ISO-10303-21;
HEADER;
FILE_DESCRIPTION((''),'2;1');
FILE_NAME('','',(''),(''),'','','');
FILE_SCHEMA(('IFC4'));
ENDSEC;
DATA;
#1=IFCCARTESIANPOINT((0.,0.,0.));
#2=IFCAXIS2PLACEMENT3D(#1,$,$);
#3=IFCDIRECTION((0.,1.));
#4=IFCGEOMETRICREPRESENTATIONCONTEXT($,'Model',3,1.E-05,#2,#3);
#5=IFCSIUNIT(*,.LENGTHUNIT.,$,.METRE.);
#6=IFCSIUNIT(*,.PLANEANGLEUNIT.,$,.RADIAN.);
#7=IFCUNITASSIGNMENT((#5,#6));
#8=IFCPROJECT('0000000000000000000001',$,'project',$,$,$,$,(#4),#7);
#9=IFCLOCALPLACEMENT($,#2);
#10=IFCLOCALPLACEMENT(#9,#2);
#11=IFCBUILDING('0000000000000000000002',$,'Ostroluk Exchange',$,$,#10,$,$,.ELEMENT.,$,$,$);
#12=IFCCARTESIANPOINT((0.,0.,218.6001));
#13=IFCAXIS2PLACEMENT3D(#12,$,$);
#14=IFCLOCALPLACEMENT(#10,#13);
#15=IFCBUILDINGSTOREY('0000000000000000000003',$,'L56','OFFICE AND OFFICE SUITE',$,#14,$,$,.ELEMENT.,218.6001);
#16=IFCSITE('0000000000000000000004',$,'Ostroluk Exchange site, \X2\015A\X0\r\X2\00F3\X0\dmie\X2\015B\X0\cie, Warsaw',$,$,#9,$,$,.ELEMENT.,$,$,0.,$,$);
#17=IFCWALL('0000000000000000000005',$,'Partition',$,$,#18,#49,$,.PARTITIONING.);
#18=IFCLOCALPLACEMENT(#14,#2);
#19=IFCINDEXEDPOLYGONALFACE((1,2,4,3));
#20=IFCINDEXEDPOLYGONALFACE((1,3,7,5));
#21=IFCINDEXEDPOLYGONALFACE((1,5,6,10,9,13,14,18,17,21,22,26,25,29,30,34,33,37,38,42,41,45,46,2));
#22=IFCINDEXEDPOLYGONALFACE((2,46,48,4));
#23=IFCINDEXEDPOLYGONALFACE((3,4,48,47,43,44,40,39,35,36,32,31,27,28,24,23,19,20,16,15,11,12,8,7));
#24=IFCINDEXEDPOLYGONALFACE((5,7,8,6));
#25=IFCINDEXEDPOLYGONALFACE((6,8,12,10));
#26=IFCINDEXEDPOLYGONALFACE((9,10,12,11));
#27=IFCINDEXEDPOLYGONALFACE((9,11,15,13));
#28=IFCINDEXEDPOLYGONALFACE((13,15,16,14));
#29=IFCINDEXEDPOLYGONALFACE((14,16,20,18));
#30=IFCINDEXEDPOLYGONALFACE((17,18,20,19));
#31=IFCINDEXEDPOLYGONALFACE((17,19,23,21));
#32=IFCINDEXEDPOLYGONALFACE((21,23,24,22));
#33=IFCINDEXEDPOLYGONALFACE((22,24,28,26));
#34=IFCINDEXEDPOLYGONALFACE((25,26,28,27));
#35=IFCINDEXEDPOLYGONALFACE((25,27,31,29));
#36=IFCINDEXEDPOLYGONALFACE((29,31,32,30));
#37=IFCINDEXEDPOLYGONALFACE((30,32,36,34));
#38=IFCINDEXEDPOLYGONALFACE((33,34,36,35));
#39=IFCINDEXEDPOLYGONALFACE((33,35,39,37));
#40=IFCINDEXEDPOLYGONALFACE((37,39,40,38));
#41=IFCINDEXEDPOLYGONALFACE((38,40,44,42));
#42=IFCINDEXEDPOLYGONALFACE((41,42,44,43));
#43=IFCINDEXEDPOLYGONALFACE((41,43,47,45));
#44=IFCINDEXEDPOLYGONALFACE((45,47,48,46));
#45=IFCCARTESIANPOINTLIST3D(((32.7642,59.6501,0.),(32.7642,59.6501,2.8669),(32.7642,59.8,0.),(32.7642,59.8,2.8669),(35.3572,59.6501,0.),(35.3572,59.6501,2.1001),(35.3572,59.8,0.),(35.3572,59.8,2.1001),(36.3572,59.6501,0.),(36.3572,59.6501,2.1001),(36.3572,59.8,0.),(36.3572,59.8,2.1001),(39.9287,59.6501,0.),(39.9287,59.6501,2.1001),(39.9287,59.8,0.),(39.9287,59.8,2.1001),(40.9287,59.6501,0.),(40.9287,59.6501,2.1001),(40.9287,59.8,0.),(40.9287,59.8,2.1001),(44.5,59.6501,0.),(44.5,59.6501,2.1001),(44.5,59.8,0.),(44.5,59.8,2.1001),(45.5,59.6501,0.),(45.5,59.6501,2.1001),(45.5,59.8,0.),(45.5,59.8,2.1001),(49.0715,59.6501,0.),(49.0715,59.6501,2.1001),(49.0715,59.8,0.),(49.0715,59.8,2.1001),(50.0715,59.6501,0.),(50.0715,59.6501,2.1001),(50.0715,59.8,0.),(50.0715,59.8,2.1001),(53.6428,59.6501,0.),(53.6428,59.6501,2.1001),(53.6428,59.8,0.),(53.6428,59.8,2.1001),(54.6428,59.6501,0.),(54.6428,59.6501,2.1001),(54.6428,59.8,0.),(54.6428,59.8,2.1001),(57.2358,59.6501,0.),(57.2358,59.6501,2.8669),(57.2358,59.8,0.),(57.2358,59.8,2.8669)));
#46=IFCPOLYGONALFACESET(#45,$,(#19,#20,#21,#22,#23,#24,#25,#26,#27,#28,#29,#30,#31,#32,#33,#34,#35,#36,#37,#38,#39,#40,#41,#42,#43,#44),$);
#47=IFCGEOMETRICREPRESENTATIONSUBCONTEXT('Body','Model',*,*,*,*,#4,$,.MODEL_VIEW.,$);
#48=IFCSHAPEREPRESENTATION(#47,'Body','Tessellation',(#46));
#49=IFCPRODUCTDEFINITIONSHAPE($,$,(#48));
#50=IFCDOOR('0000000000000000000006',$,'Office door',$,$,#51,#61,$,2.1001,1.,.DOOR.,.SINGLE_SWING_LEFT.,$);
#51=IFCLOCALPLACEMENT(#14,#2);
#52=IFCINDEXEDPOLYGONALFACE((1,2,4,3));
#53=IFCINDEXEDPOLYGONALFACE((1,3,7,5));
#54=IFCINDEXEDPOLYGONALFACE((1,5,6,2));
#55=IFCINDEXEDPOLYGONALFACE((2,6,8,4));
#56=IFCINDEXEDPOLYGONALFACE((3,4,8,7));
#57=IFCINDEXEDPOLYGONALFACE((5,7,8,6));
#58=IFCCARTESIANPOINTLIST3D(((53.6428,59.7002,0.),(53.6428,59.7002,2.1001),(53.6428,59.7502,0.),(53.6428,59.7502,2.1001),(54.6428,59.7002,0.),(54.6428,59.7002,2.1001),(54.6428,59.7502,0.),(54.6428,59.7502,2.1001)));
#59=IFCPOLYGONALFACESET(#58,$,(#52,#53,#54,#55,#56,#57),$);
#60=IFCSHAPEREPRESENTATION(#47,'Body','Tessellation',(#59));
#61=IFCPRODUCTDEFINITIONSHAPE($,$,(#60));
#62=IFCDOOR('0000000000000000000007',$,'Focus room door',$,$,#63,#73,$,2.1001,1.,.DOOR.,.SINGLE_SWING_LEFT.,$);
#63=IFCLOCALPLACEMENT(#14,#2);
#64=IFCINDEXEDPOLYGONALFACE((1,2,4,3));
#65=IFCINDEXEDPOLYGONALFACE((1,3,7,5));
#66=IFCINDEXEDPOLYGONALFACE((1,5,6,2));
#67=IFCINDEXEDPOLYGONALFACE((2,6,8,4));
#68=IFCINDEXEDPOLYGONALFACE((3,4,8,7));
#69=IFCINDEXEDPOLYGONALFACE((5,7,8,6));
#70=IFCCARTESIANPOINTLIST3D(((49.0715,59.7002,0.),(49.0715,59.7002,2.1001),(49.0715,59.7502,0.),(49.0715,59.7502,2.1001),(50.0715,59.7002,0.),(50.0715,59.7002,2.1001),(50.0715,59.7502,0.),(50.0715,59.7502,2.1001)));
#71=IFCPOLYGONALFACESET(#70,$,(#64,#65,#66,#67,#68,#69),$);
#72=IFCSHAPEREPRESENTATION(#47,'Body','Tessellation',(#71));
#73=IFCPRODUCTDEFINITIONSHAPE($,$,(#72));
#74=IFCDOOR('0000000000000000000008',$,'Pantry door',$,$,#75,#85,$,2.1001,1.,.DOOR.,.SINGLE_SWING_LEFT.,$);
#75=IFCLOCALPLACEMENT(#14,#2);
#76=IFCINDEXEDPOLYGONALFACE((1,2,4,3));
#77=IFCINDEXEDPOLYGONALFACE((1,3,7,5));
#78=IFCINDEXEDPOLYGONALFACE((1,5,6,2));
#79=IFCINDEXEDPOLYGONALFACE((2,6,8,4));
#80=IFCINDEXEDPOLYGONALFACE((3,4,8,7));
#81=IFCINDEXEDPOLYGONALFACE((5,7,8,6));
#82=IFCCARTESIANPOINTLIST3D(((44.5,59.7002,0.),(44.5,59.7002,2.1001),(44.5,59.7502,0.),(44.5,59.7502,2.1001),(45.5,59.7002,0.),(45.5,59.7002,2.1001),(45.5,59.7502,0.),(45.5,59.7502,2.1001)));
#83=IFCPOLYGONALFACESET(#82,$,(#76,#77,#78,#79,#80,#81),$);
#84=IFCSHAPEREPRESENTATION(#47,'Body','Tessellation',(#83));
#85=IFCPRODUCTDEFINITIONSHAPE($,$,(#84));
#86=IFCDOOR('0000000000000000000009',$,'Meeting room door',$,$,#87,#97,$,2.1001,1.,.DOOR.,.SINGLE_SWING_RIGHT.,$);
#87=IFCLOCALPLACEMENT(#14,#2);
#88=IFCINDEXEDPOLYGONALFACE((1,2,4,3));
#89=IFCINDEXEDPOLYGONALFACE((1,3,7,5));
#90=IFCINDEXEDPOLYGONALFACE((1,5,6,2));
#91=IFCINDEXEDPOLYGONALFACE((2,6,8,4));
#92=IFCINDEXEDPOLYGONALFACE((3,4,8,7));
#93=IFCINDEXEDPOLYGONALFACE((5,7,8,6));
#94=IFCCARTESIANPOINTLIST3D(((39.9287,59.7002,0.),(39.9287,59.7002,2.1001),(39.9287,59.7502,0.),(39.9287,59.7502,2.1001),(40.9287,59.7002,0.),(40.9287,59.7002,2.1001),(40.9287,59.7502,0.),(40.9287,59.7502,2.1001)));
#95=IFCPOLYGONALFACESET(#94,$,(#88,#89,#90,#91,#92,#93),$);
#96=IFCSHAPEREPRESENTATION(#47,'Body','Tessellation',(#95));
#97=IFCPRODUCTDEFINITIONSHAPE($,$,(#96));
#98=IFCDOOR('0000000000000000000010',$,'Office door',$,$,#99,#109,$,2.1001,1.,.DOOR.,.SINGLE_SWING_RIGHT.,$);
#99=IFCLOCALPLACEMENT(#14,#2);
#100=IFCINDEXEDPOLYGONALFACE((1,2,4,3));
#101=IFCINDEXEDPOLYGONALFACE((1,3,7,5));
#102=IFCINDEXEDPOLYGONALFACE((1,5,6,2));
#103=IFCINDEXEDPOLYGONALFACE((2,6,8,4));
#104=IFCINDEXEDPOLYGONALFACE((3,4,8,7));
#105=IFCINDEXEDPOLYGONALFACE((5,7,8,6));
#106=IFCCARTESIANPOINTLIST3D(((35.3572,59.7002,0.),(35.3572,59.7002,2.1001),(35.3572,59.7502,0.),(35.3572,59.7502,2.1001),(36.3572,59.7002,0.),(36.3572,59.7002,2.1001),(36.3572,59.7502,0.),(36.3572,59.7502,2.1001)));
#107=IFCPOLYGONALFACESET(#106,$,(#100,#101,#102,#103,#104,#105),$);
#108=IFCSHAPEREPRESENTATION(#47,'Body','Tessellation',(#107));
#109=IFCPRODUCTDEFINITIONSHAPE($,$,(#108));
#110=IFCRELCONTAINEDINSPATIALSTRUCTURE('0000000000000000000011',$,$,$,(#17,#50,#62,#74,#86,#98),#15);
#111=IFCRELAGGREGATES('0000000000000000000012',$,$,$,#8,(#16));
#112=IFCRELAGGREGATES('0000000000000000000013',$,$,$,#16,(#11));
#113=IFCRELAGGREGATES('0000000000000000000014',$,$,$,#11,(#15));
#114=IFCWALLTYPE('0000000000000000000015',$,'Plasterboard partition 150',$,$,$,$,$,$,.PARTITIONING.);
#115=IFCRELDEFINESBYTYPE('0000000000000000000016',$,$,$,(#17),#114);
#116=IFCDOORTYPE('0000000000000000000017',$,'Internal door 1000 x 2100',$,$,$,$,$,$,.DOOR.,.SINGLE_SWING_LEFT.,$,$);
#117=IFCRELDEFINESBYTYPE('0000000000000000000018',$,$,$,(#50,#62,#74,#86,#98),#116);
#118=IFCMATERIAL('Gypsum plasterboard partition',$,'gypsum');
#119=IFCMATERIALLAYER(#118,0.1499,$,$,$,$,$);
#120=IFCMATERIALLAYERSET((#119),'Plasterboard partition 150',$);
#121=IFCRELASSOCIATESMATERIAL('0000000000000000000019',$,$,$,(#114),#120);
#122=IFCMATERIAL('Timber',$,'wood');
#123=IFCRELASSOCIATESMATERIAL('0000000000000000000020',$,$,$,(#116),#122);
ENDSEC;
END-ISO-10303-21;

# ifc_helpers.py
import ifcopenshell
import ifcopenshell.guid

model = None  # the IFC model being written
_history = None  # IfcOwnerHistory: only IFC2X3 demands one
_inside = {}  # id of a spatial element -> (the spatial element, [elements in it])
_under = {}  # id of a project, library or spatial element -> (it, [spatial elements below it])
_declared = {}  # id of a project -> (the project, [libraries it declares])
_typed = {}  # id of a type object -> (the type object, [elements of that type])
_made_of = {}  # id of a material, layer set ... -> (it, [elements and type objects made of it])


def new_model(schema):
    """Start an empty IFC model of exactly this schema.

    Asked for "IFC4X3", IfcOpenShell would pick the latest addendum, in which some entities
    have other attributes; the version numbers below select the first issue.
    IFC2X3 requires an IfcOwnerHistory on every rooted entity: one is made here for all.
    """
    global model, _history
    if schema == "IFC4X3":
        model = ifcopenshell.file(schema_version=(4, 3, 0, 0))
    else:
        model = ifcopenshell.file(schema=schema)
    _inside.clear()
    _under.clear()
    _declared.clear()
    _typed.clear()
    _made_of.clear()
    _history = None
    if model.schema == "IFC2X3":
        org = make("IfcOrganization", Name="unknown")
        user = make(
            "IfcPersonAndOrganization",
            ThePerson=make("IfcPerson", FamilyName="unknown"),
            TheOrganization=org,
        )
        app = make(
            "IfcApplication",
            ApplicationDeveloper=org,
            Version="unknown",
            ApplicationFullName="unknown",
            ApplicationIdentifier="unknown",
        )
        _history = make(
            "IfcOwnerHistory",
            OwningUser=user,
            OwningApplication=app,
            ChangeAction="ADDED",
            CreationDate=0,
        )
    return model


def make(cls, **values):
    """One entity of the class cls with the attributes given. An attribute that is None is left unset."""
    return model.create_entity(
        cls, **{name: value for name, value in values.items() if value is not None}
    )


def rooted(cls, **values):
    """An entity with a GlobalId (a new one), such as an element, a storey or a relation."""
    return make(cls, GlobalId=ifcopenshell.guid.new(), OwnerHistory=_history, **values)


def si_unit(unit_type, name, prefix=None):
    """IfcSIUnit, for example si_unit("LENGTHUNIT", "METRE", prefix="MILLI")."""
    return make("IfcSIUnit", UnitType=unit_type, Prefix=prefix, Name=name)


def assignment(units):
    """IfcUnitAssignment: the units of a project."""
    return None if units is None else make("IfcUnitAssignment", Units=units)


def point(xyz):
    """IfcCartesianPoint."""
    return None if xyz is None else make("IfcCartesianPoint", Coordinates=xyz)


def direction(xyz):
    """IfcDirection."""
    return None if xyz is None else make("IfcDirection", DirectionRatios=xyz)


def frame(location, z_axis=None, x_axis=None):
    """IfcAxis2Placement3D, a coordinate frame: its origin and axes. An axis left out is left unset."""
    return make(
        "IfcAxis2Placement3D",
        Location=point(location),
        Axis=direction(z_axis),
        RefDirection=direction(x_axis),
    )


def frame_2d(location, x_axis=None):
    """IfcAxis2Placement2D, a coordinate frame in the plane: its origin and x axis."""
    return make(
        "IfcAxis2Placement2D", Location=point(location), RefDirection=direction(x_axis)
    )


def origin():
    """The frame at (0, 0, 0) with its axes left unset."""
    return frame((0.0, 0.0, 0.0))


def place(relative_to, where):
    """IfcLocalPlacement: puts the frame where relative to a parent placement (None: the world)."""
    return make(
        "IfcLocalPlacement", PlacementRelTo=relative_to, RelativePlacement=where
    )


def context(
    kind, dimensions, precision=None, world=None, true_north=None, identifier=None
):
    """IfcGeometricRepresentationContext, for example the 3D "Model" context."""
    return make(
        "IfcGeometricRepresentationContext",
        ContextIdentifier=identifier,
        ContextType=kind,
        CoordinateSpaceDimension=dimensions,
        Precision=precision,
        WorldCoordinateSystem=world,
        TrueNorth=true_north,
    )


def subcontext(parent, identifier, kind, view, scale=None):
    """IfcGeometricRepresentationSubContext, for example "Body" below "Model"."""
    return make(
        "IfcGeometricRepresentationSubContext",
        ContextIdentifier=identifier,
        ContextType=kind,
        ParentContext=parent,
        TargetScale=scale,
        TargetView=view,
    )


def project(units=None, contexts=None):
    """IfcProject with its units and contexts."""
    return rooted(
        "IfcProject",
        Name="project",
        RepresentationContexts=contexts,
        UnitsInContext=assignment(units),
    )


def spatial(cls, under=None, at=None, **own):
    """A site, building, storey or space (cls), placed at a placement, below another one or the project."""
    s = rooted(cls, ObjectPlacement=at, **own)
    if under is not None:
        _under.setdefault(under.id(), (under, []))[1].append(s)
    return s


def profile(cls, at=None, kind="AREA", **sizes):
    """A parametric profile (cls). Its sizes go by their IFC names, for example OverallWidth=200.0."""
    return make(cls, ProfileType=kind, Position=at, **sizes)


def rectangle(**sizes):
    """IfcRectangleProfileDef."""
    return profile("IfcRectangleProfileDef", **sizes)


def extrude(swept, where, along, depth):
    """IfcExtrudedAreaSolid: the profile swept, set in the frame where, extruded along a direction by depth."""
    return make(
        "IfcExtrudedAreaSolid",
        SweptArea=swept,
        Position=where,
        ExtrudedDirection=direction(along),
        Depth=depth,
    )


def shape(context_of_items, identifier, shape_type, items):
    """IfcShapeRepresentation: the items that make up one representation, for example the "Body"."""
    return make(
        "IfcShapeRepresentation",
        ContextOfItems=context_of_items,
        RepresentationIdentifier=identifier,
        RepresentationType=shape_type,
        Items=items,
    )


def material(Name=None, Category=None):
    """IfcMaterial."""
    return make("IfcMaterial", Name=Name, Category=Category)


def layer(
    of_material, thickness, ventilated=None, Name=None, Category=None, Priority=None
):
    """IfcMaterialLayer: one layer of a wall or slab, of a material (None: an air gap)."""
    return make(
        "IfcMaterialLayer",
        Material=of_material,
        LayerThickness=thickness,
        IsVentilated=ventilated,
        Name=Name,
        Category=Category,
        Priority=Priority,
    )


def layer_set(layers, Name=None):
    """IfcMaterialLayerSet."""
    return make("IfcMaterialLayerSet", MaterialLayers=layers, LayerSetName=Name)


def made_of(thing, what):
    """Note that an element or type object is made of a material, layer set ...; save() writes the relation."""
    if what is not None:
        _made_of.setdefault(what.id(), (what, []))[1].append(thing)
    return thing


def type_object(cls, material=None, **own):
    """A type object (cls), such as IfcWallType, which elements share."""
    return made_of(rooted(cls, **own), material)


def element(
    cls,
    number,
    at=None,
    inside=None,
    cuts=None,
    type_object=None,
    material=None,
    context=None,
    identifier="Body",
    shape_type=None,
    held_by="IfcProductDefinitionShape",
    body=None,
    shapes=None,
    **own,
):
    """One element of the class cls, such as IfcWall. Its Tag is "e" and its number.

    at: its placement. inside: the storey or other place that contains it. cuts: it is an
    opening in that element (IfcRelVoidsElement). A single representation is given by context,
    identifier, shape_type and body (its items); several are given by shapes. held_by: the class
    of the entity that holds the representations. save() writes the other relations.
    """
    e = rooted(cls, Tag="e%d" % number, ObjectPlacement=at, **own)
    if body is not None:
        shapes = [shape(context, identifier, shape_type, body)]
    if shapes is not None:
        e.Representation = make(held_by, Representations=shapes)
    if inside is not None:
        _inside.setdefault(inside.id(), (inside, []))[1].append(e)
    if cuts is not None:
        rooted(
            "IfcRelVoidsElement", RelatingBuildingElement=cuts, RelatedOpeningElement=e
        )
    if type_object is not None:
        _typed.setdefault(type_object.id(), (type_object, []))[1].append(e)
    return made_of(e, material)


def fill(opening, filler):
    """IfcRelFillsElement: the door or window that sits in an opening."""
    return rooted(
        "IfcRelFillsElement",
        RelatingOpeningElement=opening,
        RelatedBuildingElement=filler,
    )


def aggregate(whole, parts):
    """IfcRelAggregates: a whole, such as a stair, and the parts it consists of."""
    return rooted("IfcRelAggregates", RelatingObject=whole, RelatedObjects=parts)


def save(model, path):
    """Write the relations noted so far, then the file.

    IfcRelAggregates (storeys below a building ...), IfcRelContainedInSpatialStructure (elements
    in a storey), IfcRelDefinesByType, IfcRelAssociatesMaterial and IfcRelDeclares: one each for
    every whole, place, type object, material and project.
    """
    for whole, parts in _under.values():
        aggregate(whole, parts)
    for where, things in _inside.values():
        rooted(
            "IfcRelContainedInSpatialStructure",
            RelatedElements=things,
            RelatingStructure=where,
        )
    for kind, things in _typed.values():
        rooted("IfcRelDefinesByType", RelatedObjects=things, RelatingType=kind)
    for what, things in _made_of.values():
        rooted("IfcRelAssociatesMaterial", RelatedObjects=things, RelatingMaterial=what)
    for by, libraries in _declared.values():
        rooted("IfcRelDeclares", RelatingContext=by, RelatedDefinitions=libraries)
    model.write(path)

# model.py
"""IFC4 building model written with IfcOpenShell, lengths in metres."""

from ifc_helpers import new_model, si_unit, direction, frame, frame_2d, origin, place, context, subcontext, project, spatial, rectangle, extrude, material, layer, layer_set, type_object, element, fill, save


model = new_model("IFC4")

# Units and contexts
model_context = context("Model", 3, precision=1e-05, world=origin(), true_north=direction((0.0, 1.0)))
body_context = subcontext(model_context, "Body", "Model", "MODEL_VIEW")
ifc_project = project(units=[si_unit("LENGTHUNIT", "METRE"), si_unit("PLANEANGLEUNIT", "RADIAN")], contexts=[model_context])

# Site, building, storey
site_placement = place(None, origin())
site = spatial("IfcSite", under=ifc_project, at=site_placement, Name="Ostroluk Exchange site, Śródmieście, Warsaw", CompositionType="ELEMENT", RefElevation=0.0)
building_placement = place(site_placement, origin())
building = spatial("IfcBuilding", under=site, at=building_placement, Name="Ostroluk Exchange", CompositionType="ELEMENT")
storey_placement = place(building_placement, frame((0.0, 0.0, 218.6001)))
storey = spatial("IfcBuildingStorey", under=building, at=storey_placement, Name="L56", Description="OFFICE AND OFFICE SUITE", CompositionType="ELEMENT", Elevation=218.6001)

# Wall, openings, doors
ifc_material_1 = material(Name="Gypsum plasterboard partition", Category="gypsum")
ifc_layer_1 = layer(ifc_material_1, 0.1499)
ifc_layer_set_1 = layer_set([ifc_layer_1], Name="Plasterboard partition 150")
wall_type_1 = type_object("IfcWallType", Name="Plasterboard partition 150", PredefinedType="PARTITIONING", material=ifc_layer_set_1)
wall_1_placement = place(storey_placement, frame((57.2358, 59.7251, 0.0), z_axis=(0.0, 0.0, 1.0), x_axis=(-1.0, 0.0, 0.0)))
wall_1 = element("IfcWall", 1, at=wall_1_placement, inside=storey, type_object=wall_type_1, Name="Partition", PredefinedType="PARTITIONING", context=body_context, shape_type="SweptSolid", body=[
    extrude(rectangle(XDim=24.4717, YDim=0.1499, at=frame_2d((12.2358, 0.0))), origin(), (0.0, 0.0, 1.0), 2.8669),
])
opening_1_placement = place(wall_1_placement, frame((2.593, 0.0, 0.0)))
opening_1 = element("IfcOpeningElement", 2, at=opening_1_placement, cuts=wall_1, PredefinedType="OPENING", context=body_context, shape_type="SweptSolid", body=[
    extrude(rectangle(XDim=1.0, YDim=2.1001, at=frame_2d((0.5, 1.05))), frame((0.0, 0.085, 0.0), z_axis=(0.0, -1.0, 0.0), x_axis=(1.0, 0.0, 0.0)), (0.0, 0.0, 1.0), 0.1699),
])
opening_2_placement = place(wall_1_placement, frame((7.1643, 0.0, 0.0)))
opening_2 = element("IfcOpeningElement", 3, at=opening_2_placement, cuts=wall_1, PredefinedType="OPENING", context=body_context, shape_type="SweptSolid", body=[
    extrude(rectangle(XDim=1.0, YDim=2.1001, at=frame_2d((0.5, 1.05))), frame((0.0, 0.085, 0.0), z_axis=(0.0, -1.0, 0.0), x_axis=(1.0, 0.0, 0.0)), (0.0, 0.0, 1.0), 0.1699),
])
opening_3_placement = place(wall_1_placement, frame((11.7358, 0.0, 0.0)))
opening_3 = element("IfcOpeningElement", 4, at=opening_3_placement, cuts=wall_1, PredefinedType="OPENING", context=body_context, shape_type="SweptSolid", body=[
    extrude(rectangle(XDim=1.0, YDim=2.1001, at=frame_2d((0.5, 1.05))), frame((0.0, 0.085, 0.0), z_axis=(0.0, -1.0, 0.0), x_axis=(1.0, 0.0, 0.0)), (0.0, 0.0, 1.0), 0.1699),
])
opening_4_placement = place(wall_1_placement, frame((16.3071, 0.0, 0.0)))
opening_4 = element("IfcOpeningElement", 5, at=opening_4_placement, cuts=wall_1, PredefinedType="OPENING", context=body_context, shape_type="SweptSolid", body=[
    extrude(rectangle(XDim=1.0, YDim=2.1001, at=frame_2d((0.5, 1.05))), frame((0.0, 0.085, 0.0), z_axis=(0.0, -1.0, 0.0), x_axis=(1.0, 0.0, 0.0)), (0.0, 0.0, 1.0), 0.1699),
])
opening_5_placement = place(wall_1_placement, frame((20.8787, 0.0, 0.0)))
opening_5 = element("IfcOpeningElement", 6, at=opening_5_placement, cuts=wall_1, PredefinedType="OPENING", context=body_context, shape_type="SweptSolid", body=[
    extrude(rectangle(XDim=1.0, YDim=2.1001, at=frame_2d((0.5, 1.05))), frame((0.0, 0.085, 0.0), z_axis=(0.0, -1.0, 0.0), x_axis=(1.0, 0.0, 0.0)), (0.0, 0.0, 1.0), 0.1699),
])
ifc_material_2 = material(Name="Timber", Category="wood")
door_type_1 = type_object("IfcDoorType", Name="Internal door 1000 x 2100", OperationType="SINGLE_SWING_LEFT", PredefinedType="DOOR", material=ifc_material_2)
door_1_placement = place(opening_1_placement, origin())
door_1 = element("IfcDoor", 7, at=door_1_placement, inside=storey, type_object=door_type_1, Name="Office door", OperationType="SINGLE_SWING_LEFT", OverallHeight=2.1001, OverallWidth=1.0, PredefinedType="DOOR", context=body_context, shape_type="SweptSolid", body=[
    extrude(rectangle(XDim=1.0, YDim=2.1001, at=frame_2d((0.5, 1.05))), frame((0.0, 0.0249, 0.0), z_axis=(0.0, -1.0, 0.0), x_axis=(1.0, 0.0, 0.0)), (0.0, 0.0, 1.0), 0.05),
])
fill(opening_1, door_1)
door_2_placement = place(opening_2_placement, origin())
door_2 = element("IfcDoor", 8, at=door_2_placement, inside=storey, type_object=door_type_1, Name="Focus room door", OperationType="SINGLE_SWING_LEFT", OverallHeight=2.1001, OverallWidth=1.0, PredefinedType="DOOR", context=body_context, shape_type="SweptSolid", body=[
    extrude(rectangle(XDim=1.0, YDim=2.1001, at=frame_2d((0.5, 1.05))), frame((0.0, 0.0249, 0.0), z_axis=(0.0, -1.0, 0.0), x_axis=(1.0, 0.0, 0.0)), (0.0, 0.0, 1.0), 0.05),
])
fill(opening_2, door_2)
door_3_placement = place(opening_3_placement, origin())
door_3 = element("IfcDoor", 9, at=door_3_placement, inside=storey, type_object=door_type_1, Name="Pantry door", OperationType="SINGLE_SWING_LEFT", OverallHeight=2.1001, OverallWidth=1.0, PredefinedType="DOOR", context=body_context, shape_type="SweptSolid", body=[
    extrude(rectangle(XDim=1.0, YDim=2.1001, at=frame_2d((0.5, 1.05))), frame((0.0, 0.0249, 0.0), z_axis=(0.0, -1.0, 0.0), x_axis=(1.0, 0.0, 0.0)), (0.0, 0.0, 1.0), 0.05),
])
fill(opening_3, door_3)
door_4_placement = place(opening_4_placement, origin())
door_4 = element("IfcDoor", 10, at=door_4_placement, inside=storey, type_object=door_type_1, Name="Meeting room door", OperationType="SINGLE_SWING_RIGHT", OverallHeight=2.1001, OverallWidth=1.0, PredefinedType="DOOR", context=body_context, shape_type="SweptSolid", body=[
    extrude(rectangle(XDim=1.0, YDim=2.1001, at=frame_2d((0.5, 1.05))), frame((0.0, 0.0249, 0.0), z_axis=(0.0, -1.0, 0.0), x_axis=(1.0, 0.0, 0.0)), (0.0, 0.0, 1.0), 0.05),
])
fill(opening_4, door_4)
door_5_placement = place(opening_5_placement, origin())
door_5 = element("IfcDoor", 11, at=door_5_placement, inside=storey, type_object=door_type_1, Name="Office door", OperationType="SINGLE_SWING_RIGHT", OverallHeight=2.1001, OverallWidth=1.0, PredefinedType="DOOR", context=body_context, shape_type="SweptSolid", body=[
    extrude(rectangle(XDim=1.0, YDim=2.1001, at=frame_2d((0.5, 1.05))), frame((0.0, 0.0249, 0.0), z_axis=(0.0, -1.0, 0.0), x_axis=(1.0, 0.0, 0.0)), (0.0, 0.0, 1.0), 0.05),
])
fill(opening_5, door_5)

save(model, "model.ifc")
